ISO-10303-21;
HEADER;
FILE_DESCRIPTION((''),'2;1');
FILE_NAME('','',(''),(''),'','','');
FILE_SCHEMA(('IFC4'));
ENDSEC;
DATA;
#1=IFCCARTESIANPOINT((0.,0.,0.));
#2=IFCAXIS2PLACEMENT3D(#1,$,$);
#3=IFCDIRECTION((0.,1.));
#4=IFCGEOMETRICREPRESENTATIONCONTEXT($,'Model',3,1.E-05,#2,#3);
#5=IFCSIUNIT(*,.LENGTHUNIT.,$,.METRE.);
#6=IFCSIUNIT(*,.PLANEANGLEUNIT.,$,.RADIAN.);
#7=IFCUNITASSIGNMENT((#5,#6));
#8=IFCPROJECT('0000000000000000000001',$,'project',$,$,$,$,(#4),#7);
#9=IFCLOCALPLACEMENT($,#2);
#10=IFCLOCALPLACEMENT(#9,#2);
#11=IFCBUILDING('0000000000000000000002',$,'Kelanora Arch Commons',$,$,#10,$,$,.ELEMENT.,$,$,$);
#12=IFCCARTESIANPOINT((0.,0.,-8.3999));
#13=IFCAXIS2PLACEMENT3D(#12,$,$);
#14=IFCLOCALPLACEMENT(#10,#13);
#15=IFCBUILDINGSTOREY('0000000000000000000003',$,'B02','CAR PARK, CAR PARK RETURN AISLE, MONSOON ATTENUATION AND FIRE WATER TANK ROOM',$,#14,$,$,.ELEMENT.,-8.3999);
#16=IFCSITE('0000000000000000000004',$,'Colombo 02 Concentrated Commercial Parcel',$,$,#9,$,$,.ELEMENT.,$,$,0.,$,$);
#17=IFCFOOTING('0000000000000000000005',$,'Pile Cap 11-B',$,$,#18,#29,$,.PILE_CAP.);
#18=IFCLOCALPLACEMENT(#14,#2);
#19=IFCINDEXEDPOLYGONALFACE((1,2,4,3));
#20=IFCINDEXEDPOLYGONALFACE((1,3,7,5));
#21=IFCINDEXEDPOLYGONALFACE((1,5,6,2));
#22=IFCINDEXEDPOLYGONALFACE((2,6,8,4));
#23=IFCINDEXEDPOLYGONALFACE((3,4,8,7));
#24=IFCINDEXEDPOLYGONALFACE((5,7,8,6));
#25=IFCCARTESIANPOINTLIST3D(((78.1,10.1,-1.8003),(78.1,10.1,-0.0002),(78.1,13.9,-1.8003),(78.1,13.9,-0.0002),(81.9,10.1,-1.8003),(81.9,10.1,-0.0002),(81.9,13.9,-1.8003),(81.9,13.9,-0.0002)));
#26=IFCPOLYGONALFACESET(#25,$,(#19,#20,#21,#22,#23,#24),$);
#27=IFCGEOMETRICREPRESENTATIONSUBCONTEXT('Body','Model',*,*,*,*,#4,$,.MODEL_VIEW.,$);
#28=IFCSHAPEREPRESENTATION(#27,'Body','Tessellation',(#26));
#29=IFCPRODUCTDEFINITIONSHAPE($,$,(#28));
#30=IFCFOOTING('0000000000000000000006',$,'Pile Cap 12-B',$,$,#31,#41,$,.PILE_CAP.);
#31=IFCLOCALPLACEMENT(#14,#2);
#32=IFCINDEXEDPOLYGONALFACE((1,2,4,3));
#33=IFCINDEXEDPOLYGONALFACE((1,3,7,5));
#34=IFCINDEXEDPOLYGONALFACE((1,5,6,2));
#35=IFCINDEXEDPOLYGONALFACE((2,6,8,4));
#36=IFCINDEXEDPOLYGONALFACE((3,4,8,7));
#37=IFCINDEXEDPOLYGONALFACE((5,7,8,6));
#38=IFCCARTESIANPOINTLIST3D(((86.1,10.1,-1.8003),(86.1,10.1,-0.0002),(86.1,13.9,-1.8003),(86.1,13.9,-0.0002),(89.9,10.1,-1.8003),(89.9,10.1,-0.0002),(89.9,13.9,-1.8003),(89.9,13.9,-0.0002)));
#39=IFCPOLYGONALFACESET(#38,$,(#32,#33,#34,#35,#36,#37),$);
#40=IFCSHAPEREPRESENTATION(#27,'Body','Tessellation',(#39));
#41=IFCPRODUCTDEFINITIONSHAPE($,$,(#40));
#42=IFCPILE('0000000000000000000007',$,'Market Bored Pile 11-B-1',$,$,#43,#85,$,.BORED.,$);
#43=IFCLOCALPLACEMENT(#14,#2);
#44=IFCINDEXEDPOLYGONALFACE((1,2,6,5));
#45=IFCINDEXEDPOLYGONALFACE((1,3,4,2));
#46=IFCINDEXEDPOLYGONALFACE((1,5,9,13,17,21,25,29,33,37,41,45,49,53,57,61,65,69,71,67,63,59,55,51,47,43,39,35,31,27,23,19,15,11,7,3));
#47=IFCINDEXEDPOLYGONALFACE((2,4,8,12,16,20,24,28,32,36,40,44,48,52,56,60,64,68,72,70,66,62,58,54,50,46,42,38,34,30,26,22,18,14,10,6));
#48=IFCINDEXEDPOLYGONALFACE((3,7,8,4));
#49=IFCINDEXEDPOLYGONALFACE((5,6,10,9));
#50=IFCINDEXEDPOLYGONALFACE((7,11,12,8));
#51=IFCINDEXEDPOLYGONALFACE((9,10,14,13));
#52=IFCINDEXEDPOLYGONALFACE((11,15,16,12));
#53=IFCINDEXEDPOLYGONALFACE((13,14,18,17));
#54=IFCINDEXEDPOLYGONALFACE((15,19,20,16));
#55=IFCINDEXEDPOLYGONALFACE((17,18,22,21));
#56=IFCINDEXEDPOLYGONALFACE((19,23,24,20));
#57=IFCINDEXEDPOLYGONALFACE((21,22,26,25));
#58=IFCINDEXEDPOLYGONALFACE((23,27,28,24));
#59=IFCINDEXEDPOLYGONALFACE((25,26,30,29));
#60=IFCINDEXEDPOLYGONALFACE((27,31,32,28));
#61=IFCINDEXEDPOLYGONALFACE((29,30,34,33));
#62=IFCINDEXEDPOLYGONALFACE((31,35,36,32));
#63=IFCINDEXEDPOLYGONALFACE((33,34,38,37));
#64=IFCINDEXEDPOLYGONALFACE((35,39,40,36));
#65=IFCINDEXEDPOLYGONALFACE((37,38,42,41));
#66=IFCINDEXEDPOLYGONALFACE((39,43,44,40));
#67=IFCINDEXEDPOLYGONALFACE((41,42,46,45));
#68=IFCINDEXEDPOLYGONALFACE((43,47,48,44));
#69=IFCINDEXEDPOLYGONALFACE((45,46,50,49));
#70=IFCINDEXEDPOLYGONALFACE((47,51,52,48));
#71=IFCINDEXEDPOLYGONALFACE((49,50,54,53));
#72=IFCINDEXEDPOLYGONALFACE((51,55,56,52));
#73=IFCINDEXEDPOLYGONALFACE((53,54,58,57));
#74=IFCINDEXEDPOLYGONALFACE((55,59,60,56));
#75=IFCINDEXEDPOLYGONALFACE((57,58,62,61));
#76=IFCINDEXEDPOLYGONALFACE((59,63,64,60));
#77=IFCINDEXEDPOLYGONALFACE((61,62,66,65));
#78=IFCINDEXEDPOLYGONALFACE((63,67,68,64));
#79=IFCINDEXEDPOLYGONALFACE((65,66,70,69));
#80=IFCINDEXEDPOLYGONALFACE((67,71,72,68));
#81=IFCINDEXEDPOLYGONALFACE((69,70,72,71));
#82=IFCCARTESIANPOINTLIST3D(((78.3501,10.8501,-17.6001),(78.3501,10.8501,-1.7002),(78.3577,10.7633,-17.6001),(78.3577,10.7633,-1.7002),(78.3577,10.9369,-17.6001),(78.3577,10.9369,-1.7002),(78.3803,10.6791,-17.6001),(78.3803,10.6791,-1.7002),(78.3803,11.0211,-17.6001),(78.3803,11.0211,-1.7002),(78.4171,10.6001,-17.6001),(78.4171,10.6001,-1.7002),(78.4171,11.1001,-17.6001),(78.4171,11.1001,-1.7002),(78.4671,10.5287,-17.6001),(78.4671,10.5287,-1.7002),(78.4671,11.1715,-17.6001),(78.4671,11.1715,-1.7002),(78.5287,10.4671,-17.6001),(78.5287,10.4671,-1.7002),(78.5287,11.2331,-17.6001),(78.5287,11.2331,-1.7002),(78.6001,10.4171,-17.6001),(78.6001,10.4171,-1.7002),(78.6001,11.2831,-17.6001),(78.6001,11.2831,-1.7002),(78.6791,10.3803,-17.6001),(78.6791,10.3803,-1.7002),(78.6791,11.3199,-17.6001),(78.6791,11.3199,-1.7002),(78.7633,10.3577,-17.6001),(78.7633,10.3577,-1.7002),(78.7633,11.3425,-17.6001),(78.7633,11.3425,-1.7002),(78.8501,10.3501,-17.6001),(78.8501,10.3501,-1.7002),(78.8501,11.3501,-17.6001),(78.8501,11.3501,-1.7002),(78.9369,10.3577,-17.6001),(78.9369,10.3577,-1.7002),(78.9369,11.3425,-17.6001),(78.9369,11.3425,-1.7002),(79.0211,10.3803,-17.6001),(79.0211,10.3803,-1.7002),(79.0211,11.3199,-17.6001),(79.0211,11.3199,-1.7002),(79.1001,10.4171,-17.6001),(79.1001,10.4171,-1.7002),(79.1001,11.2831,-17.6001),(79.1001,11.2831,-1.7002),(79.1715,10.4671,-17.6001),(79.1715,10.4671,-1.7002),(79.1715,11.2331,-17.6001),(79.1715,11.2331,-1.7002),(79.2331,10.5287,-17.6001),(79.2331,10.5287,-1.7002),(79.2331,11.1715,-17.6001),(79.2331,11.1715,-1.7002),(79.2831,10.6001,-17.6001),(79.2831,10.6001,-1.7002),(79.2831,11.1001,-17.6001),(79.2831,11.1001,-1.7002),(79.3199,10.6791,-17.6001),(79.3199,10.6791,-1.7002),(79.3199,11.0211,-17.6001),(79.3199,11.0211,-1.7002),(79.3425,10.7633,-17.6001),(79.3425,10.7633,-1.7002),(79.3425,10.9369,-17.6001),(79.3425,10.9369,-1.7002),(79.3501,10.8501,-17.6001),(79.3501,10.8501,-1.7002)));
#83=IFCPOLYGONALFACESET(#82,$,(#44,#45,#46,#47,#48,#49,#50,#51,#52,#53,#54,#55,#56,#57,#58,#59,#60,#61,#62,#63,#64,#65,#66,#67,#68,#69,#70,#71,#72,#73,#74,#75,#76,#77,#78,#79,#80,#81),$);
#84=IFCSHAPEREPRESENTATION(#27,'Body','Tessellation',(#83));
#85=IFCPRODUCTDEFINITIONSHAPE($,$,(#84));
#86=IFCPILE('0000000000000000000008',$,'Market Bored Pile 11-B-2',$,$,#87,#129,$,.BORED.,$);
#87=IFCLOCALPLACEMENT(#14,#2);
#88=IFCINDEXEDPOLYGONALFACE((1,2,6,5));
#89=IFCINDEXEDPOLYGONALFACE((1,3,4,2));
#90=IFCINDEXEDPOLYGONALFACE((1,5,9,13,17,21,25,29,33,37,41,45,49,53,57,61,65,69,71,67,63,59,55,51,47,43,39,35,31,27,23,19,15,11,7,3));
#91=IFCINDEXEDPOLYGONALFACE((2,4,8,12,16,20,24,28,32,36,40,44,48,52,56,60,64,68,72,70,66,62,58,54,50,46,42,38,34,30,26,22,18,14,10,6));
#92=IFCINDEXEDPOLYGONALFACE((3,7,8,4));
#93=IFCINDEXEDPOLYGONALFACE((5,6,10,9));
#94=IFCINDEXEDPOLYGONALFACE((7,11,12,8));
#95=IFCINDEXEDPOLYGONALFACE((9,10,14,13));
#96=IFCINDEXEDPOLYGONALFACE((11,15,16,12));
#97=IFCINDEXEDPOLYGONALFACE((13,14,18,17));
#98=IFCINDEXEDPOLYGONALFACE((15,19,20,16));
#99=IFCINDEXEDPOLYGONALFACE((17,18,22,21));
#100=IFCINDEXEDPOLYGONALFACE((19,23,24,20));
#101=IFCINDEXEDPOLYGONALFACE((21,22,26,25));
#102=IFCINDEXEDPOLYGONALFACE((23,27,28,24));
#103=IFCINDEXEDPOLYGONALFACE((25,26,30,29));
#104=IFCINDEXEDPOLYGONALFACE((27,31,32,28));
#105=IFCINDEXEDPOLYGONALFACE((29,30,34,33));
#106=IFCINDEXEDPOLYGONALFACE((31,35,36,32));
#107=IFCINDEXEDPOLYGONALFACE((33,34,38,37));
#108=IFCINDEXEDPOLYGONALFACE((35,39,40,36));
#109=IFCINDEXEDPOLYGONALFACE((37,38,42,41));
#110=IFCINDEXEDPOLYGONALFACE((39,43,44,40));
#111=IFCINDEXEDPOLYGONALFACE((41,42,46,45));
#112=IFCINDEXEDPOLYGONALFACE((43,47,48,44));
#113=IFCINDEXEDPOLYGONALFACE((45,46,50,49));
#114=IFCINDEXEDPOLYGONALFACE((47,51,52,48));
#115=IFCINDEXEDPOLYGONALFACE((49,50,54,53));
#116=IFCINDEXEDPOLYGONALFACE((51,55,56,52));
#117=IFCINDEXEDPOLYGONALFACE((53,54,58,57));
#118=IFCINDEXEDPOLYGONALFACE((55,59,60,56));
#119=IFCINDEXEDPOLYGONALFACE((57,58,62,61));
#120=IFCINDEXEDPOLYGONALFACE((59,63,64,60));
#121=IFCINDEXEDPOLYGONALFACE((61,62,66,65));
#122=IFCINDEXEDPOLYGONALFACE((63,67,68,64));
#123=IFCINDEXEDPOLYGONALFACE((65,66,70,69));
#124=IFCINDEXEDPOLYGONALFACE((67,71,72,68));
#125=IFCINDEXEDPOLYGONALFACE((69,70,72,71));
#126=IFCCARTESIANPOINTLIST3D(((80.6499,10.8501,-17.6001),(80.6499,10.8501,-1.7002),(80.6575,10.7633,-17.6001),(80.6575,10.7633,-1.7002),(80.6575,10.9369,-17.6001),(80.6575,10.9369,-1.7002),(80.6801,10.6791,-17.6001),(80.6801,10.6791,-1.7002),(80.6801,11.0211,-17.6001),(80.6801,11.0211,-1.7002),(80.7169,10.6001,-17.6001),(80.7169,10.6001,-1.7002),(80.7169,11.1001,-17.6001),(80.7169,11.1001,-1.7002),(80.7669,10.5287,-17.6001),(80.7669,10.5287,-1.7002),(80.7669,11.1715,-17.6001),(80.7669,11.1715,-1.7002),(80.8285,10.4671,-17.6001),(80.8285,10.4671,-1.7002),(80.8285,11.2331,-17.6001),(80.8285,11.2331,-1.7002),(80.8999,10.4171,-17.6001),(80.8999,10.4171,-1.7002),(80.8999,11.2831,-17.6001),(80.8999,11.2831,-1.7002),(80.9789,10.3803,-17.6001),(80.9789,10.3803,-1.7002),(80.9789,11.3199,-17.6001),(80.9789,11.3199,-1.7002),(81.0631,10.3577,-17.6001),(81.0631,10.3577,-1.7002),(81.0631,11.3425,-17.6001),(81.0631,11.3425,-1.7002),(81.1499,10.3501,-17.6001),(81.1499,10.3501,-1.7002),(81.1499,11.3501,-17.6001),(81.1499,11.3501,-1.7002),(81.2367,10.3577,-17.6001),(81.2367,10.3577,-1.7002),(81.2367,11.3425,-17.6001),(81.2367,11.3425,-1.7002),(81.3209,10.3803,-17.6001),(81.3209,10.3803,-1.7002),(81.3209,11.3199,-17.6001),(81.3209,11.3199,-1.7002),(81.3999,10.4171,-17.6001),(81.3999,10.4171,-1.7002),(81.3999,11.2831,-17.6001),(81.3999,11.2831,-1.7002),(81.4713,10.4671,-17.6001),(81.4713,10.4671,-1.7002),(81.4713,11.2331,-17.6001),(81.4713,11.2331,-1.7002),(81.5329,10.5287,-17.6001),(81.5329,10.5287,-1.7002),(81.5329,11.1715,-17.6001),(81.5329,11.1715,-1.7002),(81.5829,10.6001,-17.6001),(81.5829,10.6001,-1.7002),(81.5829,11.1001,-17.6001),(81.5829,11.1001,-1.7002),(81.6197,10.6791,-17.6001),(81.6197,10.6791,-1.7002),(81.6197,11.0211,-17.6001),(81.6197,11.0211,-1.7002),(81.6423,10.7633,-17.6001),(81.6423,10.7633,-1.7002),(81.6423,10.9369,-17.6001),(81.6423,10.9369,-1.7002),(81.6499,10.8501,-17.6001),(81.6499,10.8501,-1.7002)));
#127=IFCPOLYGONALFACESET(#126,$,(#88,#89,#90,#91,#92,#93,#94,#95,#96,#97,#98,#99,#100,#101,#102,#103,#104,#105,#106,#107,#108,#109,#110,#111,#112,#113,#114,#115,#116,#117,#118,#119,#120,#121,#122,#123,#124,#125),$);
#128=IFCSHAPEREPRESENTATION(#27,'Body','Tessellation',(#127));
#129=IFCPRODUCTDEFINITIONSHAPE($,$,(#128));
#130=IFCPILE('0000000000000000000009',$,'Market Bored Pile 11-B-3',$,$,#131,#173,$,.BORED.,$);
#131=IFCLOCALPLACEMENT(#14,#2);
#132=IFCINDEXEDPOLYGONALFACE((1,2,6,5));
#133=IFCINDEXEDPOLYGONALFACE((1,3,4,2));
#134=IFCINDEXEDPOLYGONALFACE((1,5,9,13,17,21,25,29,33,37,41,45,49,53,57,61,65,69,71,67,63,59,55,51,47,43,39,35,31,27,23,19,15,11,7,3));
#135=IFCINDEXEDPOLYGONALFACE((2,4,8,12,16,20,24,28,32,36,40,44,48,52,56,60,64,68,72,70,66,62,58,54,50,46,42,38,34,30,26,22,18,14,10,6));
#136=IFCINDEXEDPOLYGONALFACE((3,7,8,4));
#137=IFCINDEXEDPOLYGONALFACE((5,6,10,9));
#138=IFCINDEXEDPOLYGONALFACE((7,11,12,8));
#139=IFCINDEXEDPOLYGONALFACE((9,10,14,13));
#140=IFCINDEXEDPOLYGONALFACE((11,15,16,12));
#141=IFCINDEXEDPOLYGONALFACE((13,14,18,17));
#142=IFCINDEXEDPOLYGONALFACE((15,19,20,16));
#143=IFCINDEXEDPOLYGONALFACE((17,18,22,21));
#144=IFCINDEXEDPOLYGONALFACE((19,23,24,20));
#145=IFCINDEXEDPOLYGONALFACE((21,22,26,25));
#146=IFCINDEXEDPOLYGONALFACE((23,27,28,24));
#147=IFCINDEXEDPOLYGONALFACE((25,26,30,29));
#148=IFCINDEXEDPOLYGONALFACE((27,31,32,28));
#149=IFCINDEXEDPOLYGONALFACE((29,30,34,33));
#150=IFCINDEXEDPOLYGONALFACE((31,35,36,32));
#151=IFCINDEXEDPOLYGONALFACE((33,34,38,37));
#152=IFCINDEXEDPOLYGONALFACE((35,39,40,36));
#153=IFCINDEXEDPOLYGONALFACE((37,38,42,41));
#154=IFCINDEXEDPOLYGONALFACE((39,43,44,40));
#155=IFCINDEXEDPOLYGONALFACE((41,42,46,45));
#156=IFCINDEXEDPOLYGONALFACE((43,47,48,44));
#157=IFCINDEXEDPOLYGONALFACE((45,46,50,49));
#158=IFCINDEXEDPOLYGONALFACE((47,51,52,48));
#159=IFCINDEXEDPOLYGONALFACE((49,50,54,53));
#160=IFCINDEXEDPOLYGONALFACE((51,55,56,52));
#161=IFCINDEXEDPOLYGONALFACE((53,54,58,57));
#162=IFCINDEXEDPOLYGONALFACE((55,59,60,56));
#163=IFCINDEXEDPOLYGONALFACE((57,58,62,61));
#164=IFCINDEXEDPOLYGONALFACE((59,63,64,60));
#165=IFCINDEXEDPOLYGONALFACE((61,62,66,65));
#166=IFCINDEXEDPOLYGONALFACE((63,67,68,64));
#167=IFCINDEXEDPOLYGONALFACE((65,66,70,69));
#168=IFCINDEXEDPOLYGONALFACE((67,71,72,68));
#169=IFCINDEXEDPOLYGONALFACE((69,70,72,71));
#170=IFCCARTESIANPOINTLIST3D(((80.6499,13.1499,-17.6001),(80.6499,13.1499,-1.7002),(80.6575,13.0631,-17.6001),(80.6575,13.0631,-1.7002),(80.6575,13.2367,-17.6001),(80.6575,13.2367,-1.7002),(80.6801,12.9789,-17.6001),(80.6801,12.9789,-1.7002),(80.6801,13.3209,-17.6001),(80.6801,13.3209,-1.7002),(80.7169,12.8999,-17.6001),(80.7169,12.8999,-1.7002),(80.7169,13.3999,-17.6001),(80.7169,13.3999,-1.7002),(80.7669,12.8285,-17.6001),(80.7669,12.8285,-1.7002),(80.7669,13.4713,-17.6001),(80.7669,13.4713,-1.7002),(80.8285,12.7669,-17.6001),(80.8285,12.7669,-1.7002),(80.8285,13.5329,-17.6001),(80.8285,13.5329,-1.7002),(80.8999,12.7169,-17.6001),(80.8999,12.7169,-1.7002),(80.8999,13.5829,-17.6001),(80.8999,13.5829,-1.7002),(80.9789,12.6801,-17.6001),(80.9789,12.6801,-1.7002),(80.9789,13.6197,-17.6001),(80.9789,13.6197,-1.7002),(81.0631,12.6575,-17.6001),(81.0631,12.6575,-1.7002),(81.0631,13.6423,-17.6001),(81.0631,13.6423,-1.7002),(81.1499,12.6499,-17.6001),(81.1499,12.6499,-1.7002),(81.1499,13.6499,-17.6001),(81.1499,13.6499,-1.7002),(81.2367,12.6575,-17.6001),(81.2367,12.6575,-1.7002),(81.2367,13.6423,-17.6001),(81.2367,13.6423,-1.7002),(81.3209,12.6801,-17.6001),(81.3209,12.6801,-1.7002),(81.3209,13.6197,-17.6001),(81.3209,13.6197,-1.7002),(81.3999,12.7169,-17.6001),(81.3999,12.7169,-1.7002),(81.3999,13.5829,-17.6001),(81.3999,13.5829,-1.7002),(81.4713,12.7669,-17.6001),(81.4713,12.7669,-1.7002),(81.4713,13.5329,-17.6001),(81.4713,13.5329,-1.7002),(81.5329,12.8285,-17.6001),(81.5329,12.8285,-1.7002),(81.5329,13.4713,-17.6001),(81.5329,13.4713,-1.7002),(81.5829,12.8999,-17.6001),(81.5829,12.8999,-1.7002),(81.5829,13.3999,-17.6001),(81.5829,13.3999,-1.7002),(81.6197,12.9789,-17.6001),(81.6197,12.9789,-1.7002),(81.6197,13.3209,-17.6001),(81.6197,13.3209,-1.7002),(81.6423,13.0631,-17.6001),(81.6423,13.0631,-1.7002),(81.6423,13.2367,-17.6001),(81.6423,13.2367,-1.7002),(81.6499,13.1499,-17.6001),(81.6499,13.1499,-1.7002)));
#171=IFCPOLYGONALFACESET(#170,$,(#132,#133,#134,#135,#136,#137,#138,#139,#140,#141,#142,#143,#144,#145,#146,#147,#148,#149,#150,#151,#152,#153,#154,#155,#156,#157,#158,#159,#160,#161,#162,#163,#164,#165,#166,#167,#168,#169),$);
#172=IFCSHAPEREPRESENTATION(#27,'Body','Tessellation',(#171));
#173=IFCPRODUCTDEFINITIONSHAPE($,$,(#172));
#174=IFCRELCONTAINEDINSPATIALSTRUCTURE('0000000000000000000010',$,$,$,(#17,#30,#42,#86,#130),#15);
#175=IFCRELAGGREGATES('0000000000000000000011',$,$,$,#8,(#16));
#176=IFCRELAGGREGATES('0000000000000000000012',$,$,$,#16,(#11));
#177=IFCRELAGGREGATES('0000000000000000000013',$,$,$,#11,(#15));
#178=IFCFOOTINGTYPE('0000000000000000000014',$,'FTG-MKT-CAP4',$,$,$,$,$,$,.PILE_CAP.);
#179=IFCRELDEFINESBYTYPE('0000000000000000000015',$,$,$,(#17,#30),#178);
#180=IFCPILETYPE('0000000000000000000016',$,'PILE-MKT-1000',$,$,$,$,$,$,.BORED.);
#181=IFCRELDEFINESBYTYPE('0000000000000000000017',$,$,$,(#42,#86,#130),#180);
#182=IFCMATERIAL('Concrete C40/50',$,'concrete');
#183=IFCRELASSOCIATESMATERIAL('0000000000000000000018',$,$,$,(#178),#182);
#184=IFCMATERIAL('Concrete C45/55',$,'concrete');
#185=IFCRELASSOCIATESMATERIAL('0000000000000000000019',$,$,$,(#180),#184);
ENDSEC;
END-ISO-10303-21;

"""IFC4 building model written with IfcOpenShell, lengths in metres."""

from ifc_helpers import new_model, si_unit, direction, frame, origin, origin_2d, place, context, subcontext, project, spatial, rectangle, circle, extrude, source, transform, mapped, material, material_profile, profile_set, type_object, element, save


model = new_model("IFC4")

# Units and contexts
model_context = context("Model", 3, precision=1e-05, world=origin(), true_north=direction((0.0, 1.0)))
body_context = subcontext(model_context, "Body", "Model", "MODEL_VIEW")
ifc_project = project(units=[si_unit("LENGTHUNIT", "METRE"), si_unit("PLANEANGLEUNIT", "RADIAN")], contexts=[model_context])

# Site, building, storey
site_placement = place(None, origin())
site = spatial("IfcSite", under=ifc_project, at=site_placement, Name="Colombo 02 Concentrated Commercial Parcel", CompositionType="ELEMENT", RefElevation=0.0)
building_placement = place(site_placement, origin())
building = spatial("IfcBuilding", under=site, at=building_placement, Name="Kelanora Arch Commons", CompositionType="ELEMENT")
storey_placement = place(building_placement, frame((0.0, 0.0, -8.3999)))
storey = spatial("IfcBuildingStorey", under=building, at=storey_placement, Name="B02", Description="CAR PARK, CAR PARK RETURN AISLE, MONSOON ATTENUATION AND FIRE WATER TANK ROOM", CompositionType="ELEMENT", Elevation=-8.3999)

# Footings
ifc_material_1 = material(Name="Concrete C40/50", Category="concrete")
footing_type_1 = type_object("IfcFootingType", Name="FTG-MKT-CAP4", PredefinedType="PILE_CAP", material=ifc_material_1)
shared_shape_1 = source(origin(), body_context, "Body", "SweptSolid", [
    extrude(rectangle(XDim=3.8, YDim=3.8, at=origin_2d()), origin(), (0.0, 0.0, 1.0), 1.8),
])
for number, where, z_axis, x_axis, name in (
    (1, (80.0, 12.0, -1.8003), (0.0, 0.0, 1.0), (1.0, 0.0, 0.0), "Pile Cap 11-B"),
    (2, (88.0, 12.0, -1.8003), (0.0, 0.0, 1.0), (1.0, 0.0, 0.0), "Pile Cap 12-B"),
):
    element("IfcFooting", number, at=place(storey_placement, frame(where, z_axis=z_axis, x_axis=x_axis)), inside=storey, type_object=footing_type_1, Name=name, PredefinedType="PILE_CAP", context=body_context, shape_type="MappedRepresentation", body=[
        mapped(shared_shape_1, transform((0.0, 0.0, 0.0), scale=1.0)),
    ])

# Piles
ifc_material_2 = material(Name="Concrete C45/55", Category="concrete")
ifc_material_profile_1 = material_profile(ifc_material_2, circle(Radius=0.5, at=origin_2d()), Name="PILE1000")
ifc_profile_set_1 = profile_set([ifc_material_profile_1], Name="Concrete C45/55")
pile_type = type_object("IfcPileType", Name="PILE-MKT-1000", PredefinedType="BORED", material=ifc_profile_set_1)
shared_shape_2 = source(origin(), body_context, "Body", "SweptSolid", [
    extrude(circle(Radius=0.5, at=origin_2d()), origin(), (0.0, 0.0, 1.0), 15.8999),
])
for number, where, z_axis, x_axis, name in (
    (3, (78.8501, 10.8501, -1.7002), (0.0, 0.0, -1.0), (1.0, 0.0, 0.0), "Market Bored Pile 11-B-1"),
    (4, (81.1499, 10.8501, -1.7002), (0.0, 0.0, -1.0), (1.0, 0.0, 0.0), "Market Bored Pile 11-B-2"),
    (5, (81.1499, 13.1499, -1.7002), (0.0, 0.0, -1.0), (1.0, 0.0, 0.0), "Market Bored Pile 11-B-3"),
):
    element("IfcPile", number, at=place(storey_placement, frame(where, z_axis=z_axis, x_axis=x_axis)), inside=storey, type_object=pile_type, Name=name, PredefinedType="BORED", context=body_context, shape_type="MappedRepresentation", body=[
        mapped(shared_shape_2, transform((0.0, 0.0, 0.0), scale=1.0)),
    ])

save(model, "model.ifc")
